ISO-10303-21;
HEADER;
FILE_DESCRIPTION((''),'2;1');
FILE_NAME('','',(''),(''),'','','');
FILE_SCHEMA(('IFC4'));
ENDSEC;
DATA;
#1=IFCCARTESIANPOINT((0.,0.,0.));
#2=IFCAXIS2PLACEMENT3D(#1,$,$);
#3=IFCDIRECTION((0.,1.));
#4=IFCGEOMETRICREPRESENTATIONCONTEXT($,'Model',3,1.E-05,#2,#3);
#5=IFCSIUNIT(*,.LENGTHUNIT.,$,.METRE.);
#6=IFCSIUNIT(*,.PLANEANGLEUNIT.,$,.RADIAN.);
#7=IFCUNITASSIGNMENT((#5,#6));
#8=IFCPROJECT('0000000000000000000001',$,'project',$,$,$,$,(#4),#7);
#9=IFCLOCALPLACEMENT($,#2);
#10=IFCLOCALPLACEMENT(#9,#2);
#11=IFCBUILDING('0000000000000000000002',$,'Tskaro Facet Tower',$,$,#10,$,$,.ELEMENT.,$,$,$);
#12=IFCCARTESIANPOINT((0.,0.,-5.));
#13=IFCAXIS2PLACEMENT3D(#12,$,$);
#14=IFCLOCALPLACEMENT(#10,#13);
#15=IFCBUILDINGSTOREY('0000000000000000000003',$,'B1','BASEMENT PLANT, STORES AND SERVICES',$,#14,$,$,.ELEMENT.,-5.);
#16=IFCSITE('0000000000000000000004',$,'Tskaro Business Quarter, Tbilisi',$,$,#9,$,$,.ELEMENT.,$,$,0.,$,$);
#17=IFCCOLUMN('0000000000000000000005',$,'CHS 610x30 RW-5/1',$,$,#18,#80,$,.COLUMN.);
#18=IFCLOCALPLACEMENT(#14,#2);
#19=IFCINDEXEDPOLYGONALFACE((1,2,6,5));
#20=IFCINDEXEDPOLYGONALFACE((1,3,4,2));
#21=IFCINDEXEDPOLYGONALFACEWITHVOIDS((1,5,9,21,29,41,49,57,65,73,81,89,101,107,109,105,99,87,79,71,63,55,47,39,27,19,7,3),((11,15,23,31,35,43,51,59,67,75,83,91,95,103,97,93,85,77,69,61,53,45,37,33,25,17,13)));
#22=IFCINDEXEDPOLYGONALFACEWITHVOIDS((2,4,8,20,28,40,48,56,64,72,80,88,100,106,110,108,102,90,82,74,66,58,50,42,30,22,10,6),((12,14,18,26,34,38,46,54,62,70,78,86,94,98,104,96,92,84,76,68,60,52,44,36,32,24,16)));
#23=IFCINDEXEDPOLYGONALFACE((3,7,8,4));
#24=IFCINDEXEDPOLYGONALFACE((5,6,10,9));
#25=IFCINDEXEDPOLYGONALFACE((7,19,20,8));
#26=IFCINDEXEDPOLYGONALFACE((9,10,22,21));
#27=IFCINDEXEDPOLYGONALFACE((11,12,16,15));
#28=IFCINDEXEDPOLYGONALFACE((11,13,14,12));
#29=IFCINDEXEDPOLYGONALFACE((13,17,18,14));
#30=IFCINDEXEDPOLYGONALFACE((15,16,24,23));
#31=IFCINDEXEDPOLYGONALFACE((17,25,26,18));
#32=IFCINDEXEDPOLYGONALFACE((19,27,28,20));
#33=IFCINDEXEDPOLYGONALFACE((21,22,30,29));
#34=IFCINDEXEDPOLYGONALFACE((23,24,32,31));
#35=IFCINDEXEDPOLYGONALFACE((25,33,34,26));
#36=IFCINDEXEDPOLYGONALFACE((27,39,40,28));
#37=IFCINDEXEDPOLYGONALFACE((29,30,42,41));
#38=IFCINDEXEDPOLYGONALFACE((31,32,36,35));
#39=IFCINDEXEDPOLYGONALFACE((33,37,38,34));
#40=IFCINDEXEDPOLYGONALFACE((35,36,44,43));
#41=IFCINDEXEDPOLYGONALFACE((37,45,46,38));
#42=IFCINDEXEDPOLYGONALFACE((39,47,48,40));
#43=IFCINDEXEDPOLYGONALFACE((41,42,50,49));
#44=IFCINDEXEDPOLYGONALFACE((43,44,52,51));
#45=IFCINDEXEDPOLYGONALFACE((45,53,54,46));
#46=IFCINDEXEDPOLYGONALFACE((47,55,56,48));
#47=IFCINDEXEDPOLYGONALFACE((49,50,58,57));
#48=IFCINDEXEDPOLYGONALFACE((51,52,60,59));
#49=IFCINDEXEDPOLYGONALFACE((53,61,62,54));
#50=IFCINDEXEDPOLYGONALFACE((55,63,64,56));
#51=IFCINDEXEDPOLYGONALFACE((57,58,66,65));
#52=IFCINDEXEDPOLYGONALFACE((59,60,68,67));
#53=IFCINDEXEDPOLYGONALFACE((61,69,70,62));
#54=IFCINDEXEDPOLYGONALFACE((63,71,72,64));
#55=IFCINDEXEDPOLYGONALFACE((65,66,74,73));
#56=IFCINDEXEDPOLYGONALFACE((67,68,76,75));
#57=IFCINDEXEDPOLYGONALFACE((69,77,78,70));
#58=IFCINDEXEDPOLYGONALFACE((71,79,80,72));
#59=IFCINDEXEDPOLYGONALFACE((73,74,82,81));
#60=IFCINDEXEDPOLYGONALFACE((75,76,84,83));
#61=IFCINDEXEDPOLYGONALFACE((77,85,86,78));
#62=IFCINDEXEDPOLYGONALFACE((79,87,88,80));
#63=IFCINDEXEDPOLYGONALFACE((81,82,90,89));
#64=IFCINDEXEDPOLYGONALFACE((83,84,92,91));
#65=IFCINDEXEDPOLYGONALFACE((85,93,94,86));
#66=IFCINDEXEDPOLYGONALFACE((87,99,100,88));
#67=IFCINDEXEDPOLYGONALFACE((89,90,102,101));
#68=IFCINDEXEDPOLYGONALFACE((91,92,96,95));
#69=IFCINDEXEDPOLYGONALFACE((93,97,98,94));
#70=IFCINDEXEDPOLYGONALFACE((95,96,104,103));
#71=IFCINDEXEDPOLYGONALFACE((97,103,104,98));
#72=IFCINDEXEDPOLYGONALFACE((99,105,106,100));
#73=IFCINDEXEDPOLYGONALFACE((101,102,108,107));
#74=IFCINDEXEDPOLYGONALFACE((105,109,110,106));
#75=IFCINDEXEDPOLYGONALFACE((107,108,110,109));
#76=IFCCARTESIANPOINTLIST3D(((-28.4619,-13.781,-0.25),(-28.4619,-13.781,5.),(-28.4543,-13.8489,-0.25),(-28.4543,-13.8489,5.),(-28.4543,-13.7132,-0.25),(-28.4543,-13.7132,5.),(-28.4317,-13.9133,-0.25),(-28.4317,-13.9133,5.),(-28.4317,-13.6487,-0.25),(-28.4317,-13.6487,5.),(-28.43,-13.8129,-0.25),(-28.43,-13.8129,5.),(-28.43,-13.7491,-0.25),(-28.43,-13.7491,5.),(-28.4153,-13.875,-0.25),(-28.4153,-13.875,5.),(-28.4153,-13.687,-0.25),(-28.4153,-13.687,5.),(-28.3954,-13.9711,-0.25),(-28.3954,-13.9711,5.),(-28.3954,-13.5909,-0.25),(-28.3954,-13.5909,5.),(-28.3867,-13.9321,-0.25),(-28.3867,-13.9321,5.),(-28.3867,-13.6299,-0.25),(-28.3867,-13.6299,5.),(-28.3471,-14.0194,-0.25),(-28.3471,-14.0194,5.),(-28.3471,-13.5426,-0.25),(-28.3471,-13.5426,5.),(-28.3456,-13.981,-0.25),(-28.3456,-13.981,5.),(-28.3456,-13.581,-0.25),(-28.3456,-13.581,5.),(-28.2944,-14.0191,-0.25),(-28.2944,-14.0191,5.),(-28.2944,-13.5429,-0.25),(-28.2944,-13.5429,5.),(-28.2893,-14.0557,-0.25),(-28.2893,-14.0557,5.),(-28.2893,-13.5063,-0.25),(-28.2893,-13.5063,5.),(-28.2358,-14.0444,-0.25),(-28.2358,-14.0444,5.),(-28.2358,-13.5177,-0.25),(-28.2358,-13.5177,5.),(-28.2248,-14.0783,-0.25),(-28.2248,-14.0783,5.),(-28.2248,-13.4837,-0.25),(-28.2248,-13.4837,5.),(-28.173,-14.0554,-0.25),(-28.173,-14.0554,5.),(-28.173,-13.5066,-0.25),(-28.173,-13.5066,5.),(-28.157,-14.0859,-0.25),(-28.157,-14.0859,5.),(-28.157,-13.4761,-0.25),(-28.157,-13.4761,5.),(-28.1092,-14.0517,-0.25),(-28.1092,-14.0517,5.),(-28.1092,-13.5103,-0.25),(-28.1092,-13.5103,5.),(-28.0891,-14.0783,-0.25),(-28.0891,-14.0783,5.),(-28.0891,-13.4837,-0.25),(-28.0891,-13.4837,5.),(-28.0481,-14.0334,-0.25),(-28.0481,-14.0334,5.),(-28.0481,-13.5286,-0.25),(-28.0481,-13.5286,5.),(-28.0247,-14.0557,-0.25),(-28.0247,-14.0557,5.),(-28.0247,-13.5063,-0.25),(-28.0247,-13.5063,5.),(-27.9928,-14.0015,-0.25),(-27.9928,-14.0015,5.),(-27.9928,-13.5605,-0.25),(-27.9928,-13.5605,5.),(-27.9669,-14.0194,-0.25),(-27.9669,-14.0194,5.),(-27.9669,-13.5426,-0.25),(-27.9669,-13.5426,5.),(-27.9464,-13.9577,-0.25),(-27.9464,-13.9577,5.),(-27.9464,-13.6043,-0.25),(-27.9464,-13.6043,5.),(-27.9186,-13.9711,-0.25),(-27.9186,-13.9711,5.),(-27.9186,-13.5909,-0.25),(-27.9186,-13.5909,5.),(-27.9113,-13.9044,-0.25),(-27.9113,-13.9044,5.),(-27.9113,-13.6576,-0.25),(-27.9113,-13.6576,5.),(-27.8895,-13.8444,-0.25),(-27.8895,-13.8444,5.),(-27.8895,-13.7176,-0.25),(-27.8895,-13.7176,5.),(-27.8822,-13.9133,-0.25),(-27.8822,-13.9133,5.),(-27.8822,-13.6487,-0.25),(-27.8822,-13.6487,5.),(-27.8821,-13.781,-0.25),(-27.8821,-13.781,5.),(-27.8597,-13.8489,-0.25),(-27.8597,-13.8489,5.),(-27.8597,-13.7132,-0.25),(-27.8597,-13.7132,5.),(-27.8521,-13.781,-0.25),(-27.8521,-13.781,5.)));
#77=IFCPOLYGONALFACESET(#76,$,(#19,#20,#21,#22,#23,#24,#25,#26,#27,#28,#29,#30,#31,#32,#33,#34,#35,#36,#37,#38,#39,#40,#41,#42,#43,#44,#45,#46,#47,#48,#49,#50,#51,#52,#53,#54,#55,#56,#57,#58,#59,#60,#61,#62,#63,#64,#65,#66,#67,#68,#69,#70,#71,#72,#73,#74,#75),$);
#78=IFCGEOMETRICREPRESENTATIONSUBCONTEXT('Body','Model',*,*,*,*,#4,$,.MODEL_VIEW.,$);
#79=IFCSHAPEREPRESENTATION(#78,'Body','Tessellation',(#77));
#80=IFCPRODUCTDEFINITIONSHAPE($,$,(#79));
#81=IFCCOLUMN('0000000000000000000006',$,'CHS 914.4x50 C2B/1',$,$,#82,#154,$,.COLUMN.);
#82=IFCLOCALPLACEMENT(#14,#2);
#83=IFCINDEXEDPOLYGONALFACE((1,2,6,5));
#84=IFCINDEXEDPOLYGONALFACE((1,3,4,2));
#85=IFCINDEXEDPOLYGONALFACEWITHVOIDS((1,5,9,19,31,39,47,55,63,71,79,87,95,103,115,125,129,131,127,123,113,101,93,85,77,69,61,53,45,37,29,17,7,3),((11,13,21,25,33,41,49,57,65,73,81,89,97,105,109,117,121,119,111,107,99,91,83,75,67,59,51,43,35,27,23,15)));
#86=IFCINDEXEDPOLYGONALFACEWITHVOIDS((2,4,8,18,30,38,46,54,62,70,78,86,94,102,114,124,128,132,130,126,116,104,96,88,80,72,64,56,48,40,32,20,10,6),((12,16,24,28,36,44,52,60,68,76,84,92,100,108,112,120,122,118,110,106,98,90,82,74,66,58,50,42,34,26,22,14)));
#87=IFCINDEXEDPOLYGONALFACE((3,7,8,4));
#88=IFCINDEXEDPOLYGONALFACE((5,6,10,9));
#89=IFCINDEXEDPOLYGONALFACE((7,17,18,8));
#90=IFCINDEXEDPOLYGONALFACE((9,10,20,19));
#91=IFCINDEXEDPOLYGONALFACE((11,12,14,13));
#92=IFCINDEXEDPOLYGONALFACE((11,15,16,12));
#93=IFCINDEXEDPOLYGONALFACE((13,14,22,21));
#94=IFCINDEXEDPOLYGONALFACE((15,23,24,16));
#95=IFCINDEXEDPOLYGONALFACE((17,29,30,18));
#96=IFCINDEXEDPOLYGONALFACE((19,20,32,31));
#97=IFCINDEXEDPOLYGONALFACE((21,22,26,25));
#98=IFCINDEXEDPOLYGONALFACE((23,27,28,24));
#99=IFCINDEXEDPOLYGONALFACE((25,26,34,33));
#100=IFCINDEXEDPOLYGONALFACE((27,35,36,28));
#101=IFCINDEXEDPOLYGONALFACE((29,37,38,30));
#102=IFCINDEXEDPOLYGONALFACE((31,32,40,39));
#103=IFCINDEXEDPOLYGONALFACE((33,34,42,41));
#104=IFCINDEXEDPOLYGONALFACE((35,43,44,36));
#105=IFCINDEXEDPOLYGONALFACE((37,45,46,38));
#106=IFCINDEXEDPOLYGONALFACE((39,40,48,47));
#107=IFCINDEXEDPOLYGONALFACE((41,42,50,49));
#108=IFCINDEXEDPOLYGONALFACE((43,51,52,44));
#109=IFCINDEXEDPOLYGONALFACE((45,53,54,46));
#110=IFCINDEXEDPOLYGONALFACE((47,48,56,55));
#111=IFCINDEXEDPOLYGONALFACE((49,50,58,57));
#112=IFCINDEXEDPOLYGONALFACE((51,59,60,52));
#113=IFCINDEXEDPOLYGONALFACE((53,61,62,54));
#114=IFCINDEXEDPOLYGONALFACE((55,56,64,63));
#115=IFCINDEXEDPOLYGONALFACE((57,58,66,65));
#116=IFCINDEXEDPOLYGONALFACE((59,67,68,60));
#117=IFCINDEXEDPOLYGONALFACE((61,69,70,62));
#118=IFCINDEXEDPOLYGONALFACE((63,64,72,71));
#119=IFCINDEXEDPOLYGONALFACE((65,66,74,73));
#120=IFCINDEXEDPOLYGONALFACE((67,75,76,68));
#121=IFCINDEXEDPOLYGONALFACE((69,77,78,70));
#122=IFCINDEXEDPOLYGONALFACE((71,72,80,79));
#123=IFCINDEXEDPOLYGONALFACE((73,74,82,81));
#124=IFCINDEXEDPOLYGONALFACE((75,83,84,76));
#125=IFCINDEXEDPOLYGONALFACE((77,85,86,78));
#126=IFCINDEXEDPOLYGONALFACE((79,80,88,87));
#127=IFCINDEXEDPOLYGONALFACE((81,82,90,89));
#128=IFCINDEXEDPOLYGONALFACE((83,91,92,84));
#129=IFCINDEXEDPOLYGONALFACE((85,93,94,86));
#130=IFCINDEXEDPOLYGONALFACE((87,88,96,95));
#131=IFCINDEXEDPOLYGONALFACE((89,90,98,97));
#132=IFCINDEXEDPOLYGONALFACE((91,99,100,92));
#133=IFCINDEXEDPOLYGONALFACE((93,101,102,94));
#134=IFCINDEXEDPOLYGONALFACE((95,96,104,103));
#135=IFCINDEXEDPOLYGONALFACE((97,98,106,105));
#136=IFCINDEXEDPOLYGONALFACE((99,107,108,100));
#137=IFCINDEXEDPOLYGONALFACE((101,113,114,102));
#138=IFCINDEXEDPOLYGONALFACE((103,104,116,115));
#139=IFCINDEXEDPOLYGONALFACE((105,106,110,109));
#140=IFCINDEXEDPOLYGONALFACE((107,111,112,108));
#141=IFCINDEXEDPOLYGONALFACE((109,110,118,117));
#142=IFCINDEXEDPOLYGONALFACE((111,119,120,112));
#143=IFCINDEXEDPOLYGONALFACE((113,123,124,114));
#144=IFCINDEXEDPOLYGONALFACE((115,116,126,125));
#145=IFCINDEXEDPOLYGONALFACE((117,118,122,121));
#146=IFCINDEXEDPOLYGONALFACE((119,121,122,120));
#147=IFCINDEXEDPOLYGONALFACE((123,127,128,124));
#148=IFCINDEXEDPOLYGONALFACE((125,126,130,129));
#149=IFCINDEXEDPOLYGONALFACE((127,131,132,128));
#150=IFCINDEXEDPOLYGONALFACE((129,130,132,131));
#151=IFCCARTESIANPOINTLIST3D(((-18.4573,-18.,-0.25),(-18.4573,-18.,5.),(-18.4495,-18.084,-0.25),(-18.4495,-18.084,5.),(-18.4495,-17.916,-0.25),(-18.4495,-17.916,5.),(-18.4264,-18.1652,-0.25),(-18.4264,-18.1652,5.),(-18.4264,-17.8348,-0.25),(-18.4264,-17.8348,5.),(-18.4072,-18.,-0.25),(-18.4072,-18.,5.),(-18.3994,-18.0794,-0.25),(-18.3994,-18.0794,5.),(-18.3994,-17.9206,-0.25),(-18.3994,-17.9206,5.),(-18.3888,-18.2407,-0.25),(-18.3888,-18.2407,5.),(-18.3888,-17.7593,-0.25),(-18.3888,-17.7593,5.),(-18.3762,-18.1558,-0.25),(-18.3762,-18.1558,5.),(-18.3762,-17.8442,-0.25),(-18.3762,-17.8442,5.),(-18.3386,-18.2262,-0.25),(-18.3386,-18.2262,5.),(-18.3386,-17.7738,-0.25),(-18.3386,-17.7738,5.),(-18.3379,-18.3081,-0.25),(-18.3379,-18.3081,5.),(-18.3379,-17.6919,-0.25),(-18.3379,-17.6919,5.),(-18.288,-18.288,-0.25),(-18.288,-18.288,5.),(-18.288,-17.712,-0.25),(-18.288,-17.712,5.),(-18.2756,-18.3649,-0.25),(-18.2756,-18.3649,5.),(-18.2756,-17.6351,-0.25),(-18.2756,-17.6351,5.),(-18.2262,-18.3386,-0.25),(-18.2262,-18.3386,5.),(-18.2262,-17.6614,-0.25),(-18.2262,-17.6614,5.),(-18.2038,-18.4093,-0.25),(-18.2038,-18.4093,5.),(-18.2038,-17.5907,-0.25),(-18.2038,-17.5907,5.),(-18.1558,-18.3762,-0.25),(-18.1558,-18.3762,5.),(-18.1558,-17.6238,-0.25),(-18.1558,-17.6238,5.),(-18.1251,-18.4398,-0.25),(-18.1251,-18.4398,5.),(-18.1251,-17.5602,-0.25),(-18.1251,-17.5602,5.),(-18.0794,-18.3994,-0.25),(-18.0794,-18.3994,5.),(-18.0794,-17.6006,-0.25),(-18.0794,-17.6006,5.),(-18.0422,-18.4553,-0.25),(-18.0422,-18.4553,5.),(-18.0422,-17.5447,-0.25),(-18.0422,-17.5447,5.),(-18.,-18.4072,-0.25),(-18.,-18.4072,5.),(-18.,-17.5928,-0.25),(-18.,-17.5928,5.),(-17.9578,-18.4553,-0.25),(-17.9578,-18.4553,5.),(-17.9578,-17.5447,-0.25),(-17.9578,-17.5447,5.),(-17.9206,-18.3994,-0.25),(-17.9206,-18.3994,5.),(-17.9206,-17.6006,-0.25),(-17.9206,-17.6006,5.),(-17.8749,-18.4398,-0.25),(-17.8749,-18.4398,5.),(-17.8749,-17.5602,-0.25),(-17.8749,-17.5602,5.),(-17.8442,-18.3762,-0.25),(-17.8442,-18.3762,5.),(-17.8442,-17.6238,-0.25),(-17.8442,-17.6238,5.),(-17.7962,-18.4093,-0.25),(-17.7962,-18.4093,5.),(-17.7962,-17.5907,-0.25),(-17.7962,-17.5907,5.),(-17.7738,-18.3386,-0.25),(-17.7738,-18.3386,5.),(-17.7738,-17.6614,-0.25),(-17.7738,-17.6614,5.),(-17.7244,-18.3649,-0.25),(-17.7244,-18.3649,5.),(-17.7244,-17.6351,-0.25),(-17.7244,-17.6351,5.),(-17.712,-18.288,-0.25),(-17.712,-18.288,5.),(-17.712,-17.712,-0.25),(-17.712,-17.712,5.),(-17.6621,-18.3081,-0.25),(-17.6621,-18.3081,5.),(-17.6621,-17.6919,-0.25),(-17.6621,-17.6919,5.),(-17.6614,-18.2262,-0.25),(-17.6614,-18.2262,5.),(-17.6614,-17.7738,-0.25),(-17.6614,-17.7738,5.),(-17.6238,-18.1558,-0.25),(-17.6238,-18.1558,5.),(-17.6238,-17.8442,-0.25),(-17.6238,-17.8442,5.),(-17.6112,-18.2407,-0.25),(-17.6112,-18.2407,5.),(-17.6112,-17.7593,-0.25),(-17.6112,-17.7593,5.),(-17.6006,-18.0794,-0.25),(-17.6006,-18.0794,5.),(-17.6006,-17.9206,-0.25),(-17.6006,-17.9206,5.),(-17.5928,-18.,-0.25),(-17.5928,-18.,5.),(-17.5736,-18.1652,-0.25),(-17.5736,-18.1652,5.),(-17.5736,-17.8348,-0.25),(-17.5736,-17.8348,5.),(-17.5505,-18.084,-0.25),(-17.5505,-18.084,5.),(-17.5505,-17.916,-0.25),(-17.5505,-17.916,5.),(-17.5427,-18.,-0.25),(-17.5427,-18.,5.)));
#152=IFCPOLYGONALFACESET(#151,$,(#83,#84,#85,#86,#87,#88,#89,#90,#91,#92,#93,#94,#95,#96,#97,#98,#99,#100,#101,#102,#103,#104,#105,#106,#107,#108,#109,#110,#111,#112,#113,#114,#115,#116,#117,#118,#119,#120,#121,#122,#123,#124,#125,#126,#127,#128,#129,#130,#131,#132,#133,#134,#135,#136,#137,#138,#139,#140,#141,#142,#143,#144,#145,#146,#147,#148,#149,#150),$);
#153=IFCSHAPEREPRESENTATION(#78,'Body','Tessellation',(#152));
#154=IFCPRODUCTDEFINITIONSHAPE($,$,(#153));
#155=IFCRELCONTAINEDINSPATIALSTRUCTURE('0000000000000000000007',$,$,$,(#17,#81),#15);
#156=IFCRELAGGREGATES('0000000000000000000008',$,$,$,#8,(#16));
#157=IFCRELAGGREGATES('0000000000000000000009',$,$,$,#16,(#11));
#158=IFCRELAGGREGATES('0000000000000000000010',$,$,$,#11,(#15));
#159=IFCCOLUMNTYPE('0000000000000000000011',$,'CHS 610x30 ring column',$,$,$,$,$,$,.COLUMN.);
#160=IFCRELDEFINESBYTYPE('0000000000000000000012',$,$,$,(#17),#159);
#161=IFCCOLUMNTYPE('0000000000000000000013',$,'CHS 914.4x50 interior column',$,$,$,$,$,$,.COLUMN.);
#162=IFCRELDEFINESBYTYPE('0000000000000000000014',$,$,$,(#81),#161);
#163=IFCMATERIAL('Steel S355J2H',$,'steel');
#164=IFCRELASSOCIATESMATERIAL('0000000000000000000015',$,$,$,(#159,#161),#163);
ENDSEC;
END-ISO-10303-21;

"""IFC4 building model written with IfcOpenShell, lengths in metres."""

from ifc_helpers import new_model, si_unit, direction, frame, origin, origin_2d, place, context, subcontext, project, spatial, hollow_circle, extrude, material, material_profile, profile_set, type_object, element, save


model = new_model("IFC4")

# Units and contexts
model_context = context("Model", 3, precision=1e-05, world=origin(), true_north=direction((0.0, 1.0)))
body_context = subcontext(model_context, "Body", "Model", "MODEL_VIEW")
ifc_project = project(units=[si_unit("LENGTHUNIT", "METRE"), si_unit("PLANEANGLEUNIT", "RADIAN")], contexts=[model_context])

# Site, building, storey
site_placement = place(None, origin())
site = spatial("IfcSite", under=ifc_project, at=site_placement, Name="Tskaro Business Quarter, Tbilisi", CompositionType="ELEMENT", RefElevation=0.0)
building_placement = place(site_placement, origin())
building = spatial("IfcBuilding", under=site, at=building_placement, Name="Tskaro Facet Tower", CompositionType="ELEMENT")
storey_placement = place(building_placement, frame((0.0, 0.0, -5.0)))
storey = spatial("IfcBuildingStorey", under=building, at=storey_placement, Name="B1", Description="BASEMENT PLANT, STORES AND SERVICES", CompositionType="ELEMENT", Elevation=-5.0)

# Columns
ifc_material_1 = material(Name="Steel S355J2H", Category="steel")
ifc_material_profile_1 = material_profile(ifc_material_1, hollow_circle(Radius=0.3049, WallThickness=0.03, at=origin_2d()), Name="CHS 610x30")
ifc_profile_set_1 = profile_set([ifc_material_profile_1], Name="Steel S355J2H")
column_type_1 = type_object("IfcColumnType", Name="CHS 610x30 ring column", PredefinedType="COLUMN", material=ifc_profile_set_1)
for number, where, z_axis, x_axis, name in (
    (1, (-28.157, -13.781, -0.25), (0.0, 0.0, 1.0), (1.0, 0.0, 0.0), "CHS 610x30 RW-5/1"),
):
    element("IfcColumn", number, at=place(storey_placement, frame(where, z_axis=z_axis, x_axis=x_axis)), inside=storey, type_object=column_type_1, Name=name, PredefinedType="COLUMN", context=body_context, shape_type="SweptSolid", body=[
        extrude(hollow_circle(Radius=0.3049, WallThickness=0.03, at=origin_2d()), origin(), (0.0, 0.0, 1.0), 5.25),
    ])
ifc_material_profile_2 = material_profile(ifc_material_1, hollow_circle(Radius=0.4573, WallThickness=0.05, at=origin_2d()), Name="CHS 914.4x50")
ifc_profile_set_2 = profile_set([ifc_material_profile_2], Name="Steel S355J2H")
column_type_2 = type_object("IfcColumnType", Name="CHS 914.4x50 interior column", PredefinedType="COLUMN", material=ifc_profile_set_2)
for number, where, z_axis, x_axis, name in (
    (2, (-18.0, -18.0, -0.25), (0.0, 0.0, 1.0), (1.0, 0.0, 0.0), "CHS 914.4x50 C2B/1"),
):
    element("IfcColumn", number, at=place(storey_placement, frame(where, z_axis=z_axis, x_axis=x_axis)), inside=storey, type_object=column_type_2, Name=name, PredefinedType="COLUMN", context=body_context, shape_type="SweptSolid", body=[
        extrude(hollow_circle(Radius=0.4573, WallThickness=0.05, at=origin_2d()), origin(), (0.0, 0.0, 1.0), 5.25),
    ])

save(model, "model.ifc")
